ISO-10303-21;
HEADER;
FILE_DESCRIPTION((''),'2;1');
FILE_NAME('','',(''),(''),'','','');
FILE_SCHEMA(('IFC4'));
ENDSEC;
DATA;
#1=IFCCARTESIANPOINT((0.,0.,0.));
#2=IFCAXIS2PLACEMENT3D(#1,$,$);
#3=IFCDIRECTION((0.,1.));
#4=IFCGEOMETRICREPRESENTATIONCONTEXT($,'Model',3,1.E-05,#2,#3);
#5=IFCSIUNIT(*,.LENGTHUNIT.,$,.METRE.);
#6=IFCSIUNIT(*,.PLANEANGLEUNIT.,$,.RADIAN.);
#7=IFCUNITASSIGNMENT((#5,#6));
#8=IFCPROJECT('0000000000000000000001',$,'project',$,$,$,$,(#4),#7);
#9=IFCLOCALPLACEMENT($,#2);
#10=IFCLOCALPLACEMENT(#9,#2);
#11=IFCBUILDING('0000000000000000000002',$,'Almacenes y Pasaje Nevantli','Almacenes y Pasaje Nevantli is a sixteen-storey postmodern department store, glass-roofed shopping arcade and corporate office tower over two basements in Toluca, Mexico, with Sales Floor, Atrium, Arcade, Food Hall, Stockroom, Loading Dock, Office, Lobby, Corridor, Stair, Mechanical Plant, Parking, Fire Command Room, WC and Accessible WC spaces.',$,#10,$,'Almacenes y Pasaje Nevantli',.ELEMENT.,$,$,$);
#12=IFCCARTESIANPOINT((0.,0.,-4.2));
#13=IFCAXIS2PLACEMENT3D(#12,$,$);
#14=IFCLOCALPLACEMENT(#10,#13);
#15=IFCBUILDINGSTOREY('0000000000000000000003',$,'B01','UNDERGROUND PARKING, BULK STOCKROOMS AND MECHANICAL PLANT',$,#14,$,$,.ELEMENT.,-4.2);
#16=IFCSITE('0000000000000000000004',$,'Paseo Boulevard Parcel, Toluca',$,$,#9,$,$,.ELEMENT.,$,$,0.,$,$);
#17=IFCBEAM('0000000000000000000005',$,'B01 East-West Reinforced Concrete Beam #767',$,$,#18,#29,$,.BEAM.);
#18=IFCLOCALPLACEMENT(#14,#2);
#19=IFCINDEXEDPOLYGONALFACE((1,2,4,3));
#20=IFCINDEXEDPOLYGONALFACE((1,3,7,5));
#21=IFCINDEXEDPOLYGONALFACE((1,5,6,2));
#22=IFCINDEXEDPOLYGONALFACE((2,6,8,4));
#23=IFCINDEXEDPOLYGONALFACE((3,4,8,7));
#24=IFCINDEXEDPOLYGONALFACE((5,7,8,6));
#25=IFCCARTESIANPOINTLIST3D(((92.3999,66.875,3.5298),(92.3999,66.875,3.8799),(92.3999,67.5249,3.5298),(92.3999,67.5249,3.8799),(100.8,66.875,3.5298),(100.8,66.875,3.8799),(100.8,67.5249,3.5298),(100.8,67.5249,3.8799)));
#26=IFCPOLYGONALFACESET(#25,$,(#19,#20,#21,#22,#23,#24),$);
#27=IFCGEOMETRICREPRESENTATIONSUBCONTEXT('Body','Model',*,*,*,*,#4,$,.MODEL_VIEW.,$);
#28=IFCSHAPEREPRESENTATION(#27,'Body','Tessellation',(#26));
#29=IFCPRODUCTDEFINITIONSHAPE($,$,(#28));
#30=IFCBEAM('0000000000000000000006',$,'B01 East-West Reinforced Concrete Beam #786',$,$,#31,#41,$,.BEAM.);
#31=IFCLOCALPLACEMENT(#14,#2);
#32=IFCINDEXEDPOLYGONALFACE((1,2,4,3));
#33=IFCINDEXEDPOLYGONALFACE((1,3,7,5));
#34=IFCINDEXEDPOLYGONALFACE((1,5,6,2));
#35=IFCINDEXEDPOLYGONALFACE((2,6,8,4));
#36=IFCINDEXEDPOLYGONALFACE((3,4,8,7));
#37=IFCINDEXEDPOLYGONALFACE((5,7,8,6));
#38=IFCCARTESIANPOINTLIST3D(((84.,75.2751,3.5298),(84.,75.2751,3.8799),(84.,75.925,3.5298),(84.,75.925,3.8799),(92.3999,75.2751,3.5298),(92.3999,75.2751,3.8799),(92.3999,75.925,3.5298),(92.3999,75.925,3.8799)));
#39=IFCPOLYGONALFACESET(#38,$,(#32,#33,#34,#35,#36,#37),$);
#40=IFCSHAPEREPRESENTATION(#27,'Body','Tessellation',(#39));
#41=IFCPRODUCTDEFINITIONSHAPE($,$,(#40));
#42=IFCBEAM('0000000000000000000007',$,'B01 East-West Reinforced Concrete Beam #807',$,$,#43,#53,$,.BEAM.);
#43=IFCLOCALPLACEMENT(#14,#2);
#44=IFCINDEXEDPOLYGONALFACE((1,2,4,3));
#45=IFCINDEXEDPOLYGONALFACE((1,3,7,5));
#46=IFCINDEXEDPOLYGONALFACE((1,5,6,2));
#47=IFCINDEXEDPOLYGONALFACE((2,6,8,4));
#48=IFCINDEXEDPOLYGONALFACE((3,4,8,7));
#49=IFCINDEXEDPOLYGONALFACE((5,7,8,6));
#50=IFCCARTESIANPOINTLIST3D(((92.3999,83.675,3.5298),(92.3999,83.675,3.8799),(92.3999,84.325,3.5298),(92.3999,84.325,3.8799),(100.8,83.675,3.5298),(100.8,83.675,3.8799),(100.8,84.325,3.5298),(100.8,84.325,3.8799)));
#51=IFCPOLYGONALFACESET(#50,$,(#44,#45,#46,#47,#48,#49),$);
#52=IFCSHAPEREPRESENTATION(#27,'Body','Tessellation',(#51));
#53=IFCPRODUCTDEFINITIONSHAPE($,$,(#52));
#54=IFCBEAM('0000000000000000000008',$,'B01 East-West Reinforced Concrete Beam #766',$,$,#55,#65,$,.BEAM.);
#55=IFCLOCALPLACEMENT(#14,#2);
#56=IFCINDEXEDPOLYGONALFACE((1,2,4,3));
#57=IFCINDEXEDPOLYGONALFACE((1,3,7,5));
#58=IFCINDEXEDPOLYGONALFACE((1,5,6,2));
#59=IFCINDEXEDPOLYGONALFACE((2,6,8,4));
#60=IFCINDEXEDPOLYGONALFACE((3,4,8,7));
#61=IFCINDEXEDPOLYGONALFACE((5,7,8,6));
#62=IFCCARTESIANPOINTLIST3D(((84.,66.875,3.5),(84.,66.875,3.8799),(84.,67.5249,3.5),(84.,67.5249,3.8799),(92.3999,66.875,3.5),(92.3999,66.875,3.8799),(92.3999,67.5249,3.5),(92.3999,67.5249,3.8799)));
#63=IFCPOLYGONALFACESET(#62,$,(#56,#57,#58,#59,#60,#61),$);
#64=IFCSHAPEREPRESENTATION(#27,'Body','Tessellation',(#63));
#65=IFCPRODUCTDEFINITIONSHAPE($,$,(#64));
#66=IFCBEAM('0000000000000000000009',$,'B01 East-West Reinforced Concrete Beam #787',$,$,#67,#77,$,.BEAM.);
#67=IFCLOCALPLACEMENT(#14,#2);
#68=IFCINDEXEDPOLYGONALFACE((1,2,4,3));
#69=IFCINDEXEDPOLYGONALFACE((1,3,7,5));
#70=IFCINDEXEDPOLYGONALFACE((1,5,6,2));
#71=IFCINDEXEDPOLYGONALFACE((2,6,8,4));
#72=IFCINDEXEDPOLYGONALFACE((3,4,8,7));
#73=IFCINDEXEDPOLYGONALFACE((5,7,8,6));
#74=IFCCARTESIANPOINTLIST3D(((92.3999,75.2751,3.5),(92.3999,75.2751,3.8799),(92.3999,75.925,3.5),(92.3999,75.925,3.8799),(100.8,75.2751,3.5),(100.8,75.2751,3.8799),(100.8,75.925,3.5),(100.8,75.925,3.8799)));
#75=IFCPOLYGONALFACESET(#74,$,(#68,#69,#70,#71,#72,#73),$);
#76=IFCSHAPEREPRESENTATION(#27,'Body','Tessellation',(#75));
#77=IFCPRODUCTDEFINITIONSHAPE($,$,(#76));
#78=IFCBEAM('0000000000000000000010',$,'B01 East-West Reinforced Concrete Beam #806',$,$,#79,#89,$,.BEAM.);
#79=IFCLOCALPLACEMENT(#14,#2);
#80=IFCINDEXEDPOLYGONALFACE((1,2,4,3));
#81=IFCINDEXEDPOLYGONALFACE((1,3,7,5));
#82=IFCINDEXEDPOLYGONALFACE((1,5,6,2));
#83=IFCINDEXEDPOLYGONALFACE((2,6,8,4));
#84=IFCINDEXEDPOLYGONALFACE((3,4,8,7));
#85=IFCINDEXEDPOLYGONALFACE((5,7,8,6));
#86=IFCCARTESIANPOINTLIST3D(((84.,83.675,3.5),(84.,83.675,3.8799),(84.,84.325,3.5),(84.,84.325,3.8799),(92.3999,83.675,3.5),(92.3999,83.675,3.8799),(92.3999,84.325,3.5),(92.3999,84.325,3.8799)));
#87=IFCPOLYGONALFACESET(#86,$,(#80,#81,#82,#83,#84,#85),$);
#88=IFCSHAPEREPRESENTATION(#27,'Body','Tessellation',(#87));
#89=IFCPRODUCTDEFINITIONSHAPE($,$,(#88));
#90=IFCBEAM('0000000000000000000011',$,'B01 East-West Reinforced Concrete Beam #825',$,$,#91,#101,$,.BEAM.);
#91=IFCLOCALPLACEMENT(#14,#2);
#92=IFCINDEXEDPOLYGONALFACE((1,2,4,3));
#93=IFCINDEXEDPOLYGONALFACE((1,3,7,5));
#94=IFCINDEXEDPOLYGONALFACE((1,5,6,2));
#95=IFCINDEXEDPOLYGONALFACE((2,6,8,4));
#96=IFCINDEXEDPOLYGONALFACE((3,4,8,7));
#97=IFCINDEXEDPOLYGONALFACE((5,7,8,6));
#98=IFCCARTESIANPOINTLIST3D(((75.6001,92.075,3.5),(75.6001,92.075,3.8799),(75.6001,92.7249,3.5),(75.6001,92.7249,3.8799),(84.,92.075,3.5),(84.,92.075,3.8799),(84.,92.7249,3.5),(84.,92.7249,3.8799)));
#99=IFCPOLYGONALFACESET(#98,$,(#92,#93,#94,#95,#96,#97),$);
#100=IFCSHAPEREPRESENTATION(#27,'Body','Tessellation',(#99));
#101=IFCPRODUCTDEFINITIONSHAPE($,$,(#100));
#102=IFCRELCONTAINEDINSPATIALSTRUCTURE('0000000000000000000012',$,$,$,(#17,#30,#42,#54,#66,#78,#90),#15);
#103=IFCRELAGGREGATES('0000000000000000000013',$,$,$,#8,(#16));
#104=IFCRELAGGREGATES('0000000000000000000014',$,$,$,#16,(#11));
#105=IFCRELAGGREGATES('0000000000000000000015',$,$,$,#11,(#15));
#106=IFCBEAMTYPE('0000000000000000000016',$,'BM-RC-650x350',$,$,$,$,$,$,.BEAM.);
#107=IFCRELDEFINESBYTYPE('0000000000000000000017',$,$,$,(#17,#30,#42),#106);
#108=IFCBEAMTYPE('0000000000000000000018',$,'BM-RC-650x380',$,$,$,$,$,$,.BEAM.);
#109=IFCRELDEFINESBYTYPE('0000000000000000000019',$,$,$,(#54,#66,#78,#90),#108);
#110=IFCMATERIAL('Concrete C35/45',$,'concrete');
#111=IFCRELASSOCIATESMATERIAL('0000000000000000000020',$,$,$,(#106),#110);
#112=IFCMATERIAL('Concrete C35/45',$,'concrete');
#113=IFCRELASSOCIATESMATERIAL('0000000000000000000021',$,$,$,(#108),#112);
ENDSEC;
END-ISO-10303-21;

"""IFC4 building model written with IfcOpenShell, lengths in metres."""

from ifc_helpers import new_model, si_unit, direction, frame, origin, origin_2d, place, context, subcontext, project, spatial, rectangle, extrude, material, material_profile, profile_set, type_object, element, save


model = new_model("IFC4")

# Units and contexts
model_context = context("Model", 3, precision=1e-05, world=origin(), true_north=direction((0.0, 1.0)))
body_context = subcontext(model_context, "Body", "Model", "MODEL_VIEW")
ifc_project = project(units=[si_unit("LENGTHUNIT", "METRE"), si_unit("PLANEANGLEUNIT", "RADIAN")], contexts=[model_context])

# Site, building, storey
site_placement = place(None, origin())
site = spatial("IfcSite", under=ifc_project, at=site_placement, Name="Paseo Boulevard Parcel, Toluca", CompositionType="ELEMENT", RefElevation=0.0)
building_placement = place(site_placement, origin())
building = spatial("IfcBuilding", under=site, at=building_placement, Name="Almacenes y Pasaje Nevantli", Description="Almacenes y Pasaje Nevantli is a sixteen-storey postmodern department store, glass-roofed shopping arcade and corporate office tower over two basements in Toluca, Mexico, with Sales Floor, Atrium, Arcade, Food Hall, Stockroom, Loading Dock, Office, Lobby, Corridor, Stair, Mechanical Plant, Parking, Fire Command Room, WC and Accessible WC spaces.", LongName="Almacenes y Pasaje Nevantli", CompositionType="ELEMENT")
storey_placement = place(building_placement, frame((0.0, 0.0, -4.2)))
storey = spatial("IfcBuildingStorey", under=building, at=storey_placement, Name="B01", Description="UNDERGROUND PARKING, BULK STOCKROOMS AND MECHANICAL PLANT", CompositionType="ELEMENT", Elevation=-4.2)

# Beams
ifc_material_1 = material(Name="Concrete C35/45", Category="concrete")
ifc_material_profile_1 = material_profile(ifc_material_1, rectangle(XDim=0.6499, YDim=0.3501, at=origin_2d()), Name="RC-BM-650x350")
ifc_profile_set_1 = profile_set([ifc_material_profile_1], Name="Concrete C35/45")
beam_type_1 = type_object("IfcBeamType", Name="BM-RC-650x350", PredefinedType="BEAM", material=ifc_profile_set_1)
beam_1_placement = place(storey_placement, frame((92.3999, 67.2, 3.7048), z_axis=(1.0, 0.0, 0.0), x_axis=(0.0, 1.0, 0.0)))
element("IfcBeam", 1, at=beam_1_placement, inside=storey, type_object=beam_type_1, Name="B01 East-West Reinforced Concrete Beam #767", PredefinedType="BEAM", context=body_context, shape_type="SweptSolid", body=[
    extrude(rectangle(XDim=0.6499, YDim=0.3501, at=origin_2d()), origin(), (0.0, 0.0, 1.0), 8.4001),
])
beam_2_placement = place(storey_placement, frame((84.0, 75.6001, 3.7048), z_axis=(1.0, 0.0, 0.0), x_axis=(0.0, 1.0, 0.0)))
element("IfcBeam", 2, at=beam_2_placement, inside=storey, type_object=beam_type_1, Name="B01 East-West Reinforced Concrete Beam #786", PredefinedType="BEAM", context=body_context, shape_type="SweptSolid", body=[
    extrude(rectangle(XDim=0.6499, YDim=0.3501, at=origin_2d()), origin(), (0.0, 0.0, 1.0), 8.3999),
])
beam_3_placement = place(storey_placement, frame((92.3999, 84.0, 3.7048), z_axis=(1.0, 0.0, 0.0), x_axis=(0.0, 1.0, 0.0)))
element("IfcBeam", 3, at=beam_3_placement, inside=storey, type_object=beam_type_1, Name="B01 East-West Reinforced Concrete Beam #807", PredefinedType="BEAM", context=body_context, shape_type="SweptSolid", body=[
    extrude(rectangle(XDim=0.6499, YDim=0.3501, at=origin_2d()), origin(), (0.0, 0.0, 1.0), 8.4001),
])
ifc_material_2 = material(Name="Concrete C35/45", Category="concrete")
ifc_material_profile_2 = material_profile(ifc_material_2, rectangle(XDim=0.6499, YDim=0.3799, at=origin_2d()), Name="RC-BM-650x380")
ifc_profile_set_2 = profile_set([ifc_material_profile_2], Name="Concrete C35/45")
beam_type_2 = type_object("IfcBeamType", Name="BM-RC-650x380", PredefinedType="BEAM", material=ifc_profile_set_2)
beam_4_placement = place(storey_placement, frame((84.0, 67.2, 3.6899), z_axis=(1.0, 0.0, 0.0), x_axis=(0.0, 1.0, 0.0)))
element("IfcBeam", 4, at=beam_4_placement, inside=storey, type_object=beam_type_2, Name="B01 East-West Reinforced Concrete Beam #766", PredefinedType="BEAM", context=body_context, shape_type="SweptSolid", body=[
    extrude(rectangle(XDim=0.6499, YDim=0.3799, at=origin_2d()), origin(), (0.0, 0.0, 1.0), 8.3999),
])
beam_5_placement = place(storey_placement, frame((92.3999, 75.6001, 3.6899), z_axis=(1.0, 0.0, 0.0), x_axis=(0.0, 1.0, 0.0)))
element("IfcBeam", 5, at=beam_5_placement, inside=storey, type_object=beam_type_2, Name="B01 East-West Reinforced Concrete Beam #787", PredefinedType="BEAM", context=body_context, shape_type="SweptSolid", body=[
    extrude(rectangle(XDim=0.6499, YDim=0.3799, at=origin_2d()), origin(), (0.0, 0.0, 1.0), 8.4001),
])
for number, where, z_axis, x_axis, name in (
    (6, (84.0, 84.0, 3.6899), (1.0, 0.0, 0.0), (0.0, 1.0, 0.0), "B01 East-West Reinforced Concrete Beam #806"),
    (7, (75.6001, 92.3999, 3.6899), (1.0, 0.0, 0.0), (0.0, 1.0, 0.0), "B01 East-West Reinforced Concrete Beam #825"),
):
    element("IfcBeam", number, at=place(storey_placement, frame(where, z_axis=z_axis, x_axis=x_axis)), inside=storey, type_object=beam_type_2, Name=name, PredefinedType="BEAM", context=body_context, shape_type="SweptSolid", body=[
        extrude(rectangle(XDim=0.6499, YDim=0.3799, at=origin_2d()), origin(), (0.0, 0.0, 1.0), 8.3999),
    ])

save(model, "model.ifc")
